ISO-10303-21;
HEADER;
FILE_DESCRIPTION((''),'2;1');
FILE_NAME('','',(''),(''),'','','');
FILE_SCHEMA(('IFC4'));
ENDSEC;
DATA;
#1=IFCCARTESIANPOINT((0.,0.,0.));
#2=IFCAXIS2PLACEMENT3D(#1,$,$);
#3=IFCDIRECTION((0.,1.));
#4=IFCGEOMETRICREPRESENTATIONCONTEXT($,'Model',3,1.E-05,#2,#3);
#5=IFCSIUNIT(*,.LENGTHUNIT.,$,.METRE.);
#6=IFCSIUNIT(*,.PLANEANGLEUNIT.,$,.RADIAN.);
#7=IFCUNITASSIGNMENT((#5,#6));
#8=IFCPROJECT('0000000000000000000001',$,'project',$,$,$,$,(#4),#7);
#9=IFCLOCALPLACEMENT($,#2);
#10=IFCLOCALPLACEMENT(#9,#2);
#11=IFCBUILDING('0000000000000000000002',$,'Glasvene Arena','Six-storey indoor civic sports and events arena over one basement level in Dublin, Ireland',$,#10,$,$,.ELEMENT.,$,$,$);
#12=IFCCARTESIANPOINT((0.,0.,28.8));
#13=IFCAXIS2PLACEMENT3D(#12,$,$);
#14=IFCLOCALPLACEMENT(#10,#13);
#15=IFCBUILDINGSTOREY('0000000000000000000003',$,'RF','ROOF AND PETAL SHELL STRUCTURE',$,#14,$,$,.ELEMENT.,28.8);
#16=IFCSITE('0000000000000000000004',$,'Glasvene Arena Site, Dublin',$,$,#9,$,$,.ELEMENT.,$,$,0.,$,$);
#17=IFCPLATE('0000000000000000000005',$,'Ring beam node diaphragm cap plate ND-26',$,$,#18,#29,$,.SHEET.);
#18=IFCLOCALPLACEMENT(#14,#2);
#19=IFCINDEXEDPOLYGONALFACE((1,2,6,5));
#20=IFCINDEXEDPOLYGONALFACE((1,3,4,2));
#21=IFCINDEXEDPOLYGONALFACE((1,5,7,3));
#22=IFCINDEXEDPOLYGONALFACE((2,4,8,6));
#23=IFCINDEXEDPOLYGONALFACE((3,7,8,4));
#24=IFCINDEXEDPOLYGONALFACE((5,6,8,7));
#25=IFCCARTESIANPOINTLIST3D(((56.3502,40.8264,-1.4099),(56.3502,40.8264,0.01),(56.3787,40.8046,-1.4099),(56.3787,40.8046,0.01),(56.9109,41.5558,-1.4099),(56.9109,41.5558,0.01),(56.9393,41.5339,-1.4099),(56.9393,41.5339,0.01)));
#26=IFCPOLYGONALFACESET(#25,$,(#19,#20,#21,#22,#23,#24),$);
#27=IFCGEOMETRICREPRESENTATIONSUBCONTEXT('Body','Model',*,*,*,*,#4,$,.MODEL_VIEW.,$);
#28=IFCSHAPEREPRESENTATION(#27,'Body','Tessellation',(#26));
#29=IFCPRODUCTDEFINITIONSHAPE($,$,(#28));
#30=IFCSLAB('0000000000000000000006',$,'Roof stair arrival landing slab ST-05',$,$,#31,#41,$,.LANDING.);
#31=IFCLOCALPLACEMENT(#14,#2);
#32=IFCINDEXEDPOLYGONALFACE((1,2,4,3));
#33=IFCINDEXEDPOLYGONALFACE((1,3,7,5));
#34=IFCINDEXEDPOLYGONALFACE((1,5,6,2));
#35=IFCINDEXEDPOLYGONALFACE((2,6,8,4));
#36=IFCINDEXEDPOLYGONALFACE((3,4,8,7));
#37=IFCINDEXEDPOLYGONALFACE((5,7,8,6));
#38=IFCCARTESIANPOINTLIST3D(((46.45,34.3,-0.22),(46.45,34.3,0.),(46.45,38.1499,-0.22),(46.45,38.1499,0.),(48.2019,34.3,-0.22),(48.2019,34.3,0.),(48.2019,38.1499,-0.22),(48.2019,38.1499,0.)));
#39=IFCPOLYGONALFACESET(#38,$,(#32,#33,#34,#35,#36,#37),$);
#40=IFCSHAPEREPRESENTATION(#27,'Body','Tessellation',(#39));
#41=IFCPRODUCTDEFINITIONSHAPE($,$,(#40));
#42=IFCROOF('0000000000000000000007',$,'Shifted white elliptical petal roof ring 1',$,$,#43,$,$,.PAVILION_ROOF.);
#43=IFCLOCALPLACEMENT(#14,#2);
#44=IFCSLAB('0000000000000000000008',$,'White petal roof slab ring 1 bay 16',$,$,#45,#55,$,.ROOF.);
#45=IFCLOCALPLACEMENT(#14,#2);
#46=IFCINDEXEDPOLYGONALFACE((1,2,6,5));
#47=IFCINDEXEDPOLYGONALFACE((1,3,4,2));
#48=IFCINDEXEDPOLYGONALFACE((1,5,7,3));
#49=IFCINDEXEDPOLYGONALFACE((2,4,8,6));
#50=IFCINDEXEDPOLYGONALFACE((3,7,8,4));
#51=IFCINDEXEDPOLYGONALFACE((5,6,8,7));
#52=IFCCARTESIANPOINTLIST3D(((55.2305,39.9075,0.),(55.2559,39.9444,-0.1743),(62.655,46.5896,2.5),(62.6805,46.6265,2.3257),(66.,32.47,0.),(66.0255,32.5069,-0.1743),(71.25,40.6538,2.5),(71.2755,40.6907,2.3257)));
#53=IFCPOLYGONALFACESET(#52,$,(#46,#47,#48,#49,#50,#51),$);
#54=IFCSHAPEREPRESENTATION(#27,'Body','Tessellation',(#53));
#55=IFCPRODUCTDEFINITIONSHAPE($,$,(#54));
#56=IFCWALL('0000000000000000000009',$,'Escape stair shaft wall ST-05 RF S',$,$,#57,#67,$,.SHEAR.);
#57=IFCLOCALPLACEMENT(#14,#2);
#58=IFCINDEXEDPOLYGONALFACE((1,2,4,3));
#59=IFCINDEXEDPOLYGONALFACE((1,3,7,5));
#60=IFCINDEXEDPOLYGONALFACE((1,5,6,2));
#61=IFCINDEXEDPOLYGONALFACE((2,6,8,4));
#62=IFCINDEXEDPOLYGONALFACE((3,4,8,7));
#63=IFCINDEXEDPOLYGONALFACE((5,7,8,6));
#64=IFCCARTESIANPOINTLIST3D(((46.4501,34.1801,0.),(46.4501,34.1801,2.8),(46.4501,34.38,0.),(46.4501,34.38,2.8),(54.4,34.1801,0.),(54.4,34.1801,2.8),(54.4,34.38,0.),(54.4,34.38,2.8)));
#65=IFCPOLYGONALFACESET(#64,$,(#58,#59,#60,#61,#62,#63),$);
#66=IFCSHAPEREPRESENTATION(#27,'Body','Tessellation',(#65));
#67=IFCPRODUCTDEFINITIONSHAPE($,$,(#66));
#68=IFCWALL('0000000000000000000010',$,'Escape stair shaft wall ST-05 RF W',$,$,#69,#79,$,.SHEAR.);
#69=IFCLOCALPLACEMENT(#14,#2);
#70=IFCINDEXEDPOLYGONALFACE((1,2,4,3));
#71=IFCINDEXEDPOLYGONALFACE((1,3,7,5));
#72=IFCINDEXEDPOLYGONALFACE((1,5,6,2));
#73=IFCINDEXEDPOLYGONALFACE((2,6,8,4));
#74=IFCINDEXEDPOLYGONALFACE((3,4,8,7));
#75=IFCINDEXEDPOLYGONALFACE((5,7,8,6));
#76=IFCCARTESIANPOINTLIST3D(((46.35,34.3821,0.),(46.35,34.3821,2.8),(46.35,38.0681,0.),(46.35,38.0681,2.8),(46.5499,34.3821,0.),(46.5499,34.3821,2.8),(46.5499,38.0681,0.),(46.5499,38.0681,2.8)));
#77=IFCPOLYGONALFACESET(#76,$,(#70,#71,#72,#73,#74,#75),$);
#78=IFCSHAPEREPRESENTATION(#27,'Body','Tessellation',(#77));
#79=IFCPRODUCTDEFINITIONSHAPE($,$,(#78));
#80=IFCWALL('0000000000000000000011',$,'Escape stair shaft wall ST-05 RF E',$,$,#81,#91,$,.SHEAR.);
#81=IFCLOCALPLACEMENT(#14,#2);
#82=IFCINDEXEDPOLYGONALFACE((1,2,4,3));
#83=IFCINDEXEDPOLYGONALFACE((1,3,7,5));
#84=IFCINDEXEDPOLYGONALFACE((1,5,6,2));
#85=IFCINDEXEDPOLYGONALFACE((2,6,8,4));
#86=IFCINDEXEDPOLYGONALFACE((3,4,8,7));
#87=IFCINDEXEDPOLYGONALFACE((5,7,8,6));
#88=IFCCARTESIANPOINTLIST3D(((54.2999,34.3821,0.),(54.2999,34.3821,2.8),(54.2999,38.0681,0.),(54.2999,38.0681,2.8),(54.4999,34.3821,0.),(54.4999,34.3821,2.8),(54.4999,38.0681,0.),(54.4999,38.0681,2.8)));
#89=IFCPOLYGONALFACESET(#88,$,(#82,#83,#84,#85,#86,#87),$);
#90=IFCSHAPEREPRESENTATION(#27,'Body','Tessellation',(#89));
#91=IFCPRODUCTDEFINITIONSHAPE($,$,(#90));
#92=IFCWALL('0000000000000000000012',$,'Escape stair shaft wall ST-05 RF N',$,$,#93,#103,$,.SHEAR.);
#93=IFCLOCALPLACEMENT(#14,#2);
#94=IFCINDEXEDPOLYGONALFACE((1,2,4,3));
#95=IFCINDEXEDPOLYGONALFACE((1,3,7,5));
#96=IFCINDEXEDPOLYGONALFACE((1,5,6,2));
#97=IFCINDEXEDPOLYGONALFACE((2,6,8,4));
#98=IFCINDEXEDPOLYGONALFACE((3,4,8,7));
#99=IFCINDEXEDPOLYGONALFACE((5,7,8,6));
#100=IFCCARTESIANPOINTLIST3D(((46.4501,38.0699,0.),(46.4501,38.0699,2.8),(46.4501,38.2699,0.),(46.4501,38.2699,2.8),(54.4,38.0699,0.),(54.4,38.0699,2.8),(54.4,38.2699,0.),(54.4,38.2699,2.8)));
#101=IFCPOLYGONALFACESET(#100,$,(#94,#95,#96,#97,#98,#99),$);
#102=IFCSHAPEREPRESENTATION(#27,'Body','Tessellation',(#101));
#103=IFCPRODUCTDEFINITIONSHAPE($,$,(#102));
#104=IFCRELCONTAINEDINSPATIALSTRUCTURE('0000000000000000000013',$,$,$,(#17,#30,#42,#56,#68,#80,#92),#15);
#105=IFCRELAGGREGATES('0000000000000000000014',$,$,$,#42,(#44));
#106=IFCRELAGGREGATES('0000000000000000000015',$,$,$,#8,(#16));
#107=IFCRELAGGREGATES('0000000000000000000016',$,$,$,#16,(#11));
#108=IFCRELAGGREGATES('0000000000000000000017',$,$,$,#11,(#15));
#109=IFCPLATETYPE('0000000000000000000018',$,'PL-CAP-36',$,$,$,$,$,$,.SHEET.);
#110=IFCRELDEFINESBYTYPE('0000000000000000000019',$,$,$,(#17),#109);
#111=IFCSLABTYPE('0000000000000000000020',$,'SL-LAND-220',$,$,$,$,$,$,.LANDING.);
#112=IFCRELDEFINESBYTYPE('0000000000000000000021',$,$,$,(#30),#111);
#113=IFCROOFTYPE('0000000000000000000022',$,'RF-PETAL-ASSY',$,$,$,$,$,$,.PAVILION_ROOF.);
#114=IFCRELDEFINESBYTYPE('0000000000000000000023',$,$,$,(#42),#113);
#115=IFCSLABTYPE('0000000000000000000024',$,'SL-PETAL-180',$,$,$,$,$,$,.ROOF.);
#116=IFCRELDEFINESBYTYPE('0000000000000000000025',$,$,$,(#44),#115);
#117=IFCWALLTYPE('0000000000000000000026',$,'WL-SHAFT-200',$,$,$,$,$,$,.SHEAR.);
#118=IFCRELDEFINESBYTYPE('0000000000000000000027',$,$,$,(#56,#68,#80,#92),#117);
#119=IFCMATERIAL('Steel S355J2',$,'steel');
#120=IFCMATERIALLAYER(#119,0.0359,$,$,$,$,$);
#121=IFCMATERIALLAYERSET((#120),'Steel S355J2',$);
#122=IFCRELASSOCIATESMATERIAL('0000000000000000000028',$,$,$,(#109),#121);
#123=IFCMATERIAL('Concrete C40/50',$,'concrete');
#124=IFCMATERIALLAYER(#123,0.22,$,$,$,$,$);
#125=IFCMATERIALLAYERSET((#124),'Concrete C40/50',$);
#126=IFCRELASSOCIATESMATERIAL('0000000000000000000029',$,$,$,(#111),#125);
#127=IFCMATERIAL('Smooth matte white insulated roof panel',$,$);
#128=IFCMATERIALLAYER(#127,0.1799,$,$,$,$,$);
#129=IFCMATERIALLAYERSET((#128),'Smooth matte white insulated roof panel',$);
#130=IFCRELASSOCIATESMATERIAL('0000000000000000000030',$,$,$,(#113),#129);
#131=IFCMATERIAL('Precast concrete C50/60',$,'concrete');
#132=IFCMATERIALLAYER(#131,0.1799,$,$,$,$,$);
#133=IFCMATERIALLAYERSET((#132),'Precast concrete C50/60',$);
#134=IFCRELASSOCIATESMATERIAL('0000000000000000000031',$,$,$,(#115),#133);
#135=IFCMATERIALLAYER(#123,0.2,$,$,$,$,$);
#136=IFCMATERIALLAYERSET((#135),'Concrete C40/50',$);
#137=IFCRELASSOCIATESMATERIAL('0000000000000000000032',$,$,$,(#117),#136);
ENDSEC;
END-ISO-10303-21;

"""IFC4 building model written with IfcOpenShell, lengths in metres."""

from ifc_helpers import new_model, si_unit, direction, frame, frame_2d, origin, origin_2d, place, context, subcontext, project, spatial, polyline, rectangle, outline, extrude, material, layer, layer_set, type_object, element, aggregate, save


model = new_model("IFC4")

# Units and contexts
model_context = context("Model", 3, precision=1e-05, world=origin(), true_north=direction((0.0, 1.0)))
body_context = subcontext(model_context, "Body", "Model", "MODEL_VIEW")
ifc_project = project(units=[si_unit("LENGTHUNIT", "METRE"), si_unit("PLANEANGLEUNIT", "RADIAN")], contexts=[model_context])

# Site, building, storey
site_placement = place(None, origin())
site = spatial("IfcSite", under=ifc_project, at=site_placement, Name="Glasvene Arena Site, Dublin", CompositionType="ELEMENT", RefElevation=0.0)
building_placement = place(site_placement, origin())
building = spatial("IfcBuilding", under=site, at=building_placement, Name="Glasvene Arena", Description="Six-storey indoor civic sports and events arena over one basement level in Dublin, Ireland", CompositionType="ELEMENT")
storey_placement = place(building_placement, frame((0.0, 0.0, 28.8)))
storey = spatial("IfcBuildingStorey", under=building, at=storey_placement, Name="RF", Description="ROOF AND PETAL SHELL STRUCTURE", CompositionType="ELEMENT", Elevation=28.8)

# Shared definitions
ifc_material_1 = material(Name="Steel S355J2", Category="steel")

# Plate
ifc_layer_1 = layer(ifc_material_1, 0.0359)
ifc_layer_set_1 = layer_set([ifc_layer_1], Name="Steel S355J2")
plate_type_1 = type_object("IfcPlateType", Name="PL-CAP-36", PredefinedType="SHEET", material=ifc_layer_set_1)
plate_1_placement = place(storey_placement, frame((56.6448, 41.1802, -1.4099), z_axis=(0.0, 0.0, 1.0), x_axis=(0.792822, -0.609454, 0.0)))
element("IfcPlate", 1, at=plate_1_placement, inside=storey, type_object=plate_type_1, Name="Ring beam node diaphragm cap plate ND-26", PredefinedType="SHEET", context=body_context, shape_type="SweptSolid", body=[
    extrude(rectangle(XDim=0.0359, YDim=0.9199, at=origin_2d()), origin(), (0.0, 0.0, 1.0), 1.4199),
])

# Slab
ifc_material_2 = material(Name="Concrete C40/50", Category="concrete")
ifc_layer_2 = layer(ifc_material_2, 0.22)
ifc_layer_set_2 = layer_set([ifc_layer_2], Name="Concrete C40/50")
slab_type_1 = type_object("IfcSlabType", Name="SL-LAND-220", PredefinedType="LANDING", material=ifc_layer_set_2)
slab_1_placement = place(storey_placement, frame((47.3259, 36.2251, -0.22)))
element("IfcSlab", 2, at=slab_1_placement, inside=storey, type_object=slab_type_1, Name="Roof stair arrival landing slab ST-05", PredefinedType="LANDING", context=body_context, shape_type="SweptSolid", body=[
    extrude(outline(polyline([(-0.876, -1.925), (0.876, -1.925), (0.876, 1.9248), (-0.876, 1.9248), (-0.876, -1.925)])), origin(), (0.0, 0.0, 1.0), 0.22),
])

# Roof, slab
ifc_material_3 = material(Name="Smooth matte white insulated roof panel")
ifc_layer_3 = layer(ifc_material_3, 0.1799)
ifc_layer_set_3 = layer_set([ifc_layer_3], Name="Smooth matte white insulated roof panel")
roof_type = type_object("IfcRoofType", Name="RF-PETAL-ASSY", PredefinedType="PAVILION_ROOF", material=ifc_layer_set_3)
roof_placement = place(storey_placement, frame((92.0, 73.0, 0.0)))
roof = element("IfcRoof", 3, at=roof_placement, inside=storey, type_object=roof_type, Name="Shifted white elliptical petal roof ring 1", PredefinedType="PAVILION_ROOF")
ifc_material_4 = material(Name="Precast concrete C50/60", Category="concrete")
ifc_layer_4 = layer(ifc_material_4, 0.1799)
ifc_layer_set_4 = layer_set([ifc_layer_4], Name="Precast concrete C50/60")
slab_type_2 = type_object("IfcSlabType", Name="SL-PETAL-180", PredefinedType="ROOF", material=ifc_layer_set_4)
slab_2_placement = place(storey_placement, frame((55.2305, 39.9075, 0.0), z_axis=(-0.141586, -0.205017, 0.968463), x_axis=(0.822847, -0.568263, 0.0)))
slab_2 = element("IfcSlab", 4, at=slab_2_placement, type_object=slab_type_2, Name="White petal roof slab ring 1 bay 16", PredefinedType="ROOF", context=body_context, shape_type="SweptSolid", body=[
    extrude(outline(polyline([(0.0, 0.0), (13.0881, 0.0), (12.7575, 10.0339), (2.3121, 10.0339), (0.0, 0.0)])), origin(), (0.0, 0.0, -1.0), 0.1799),
])
aggregate(roof, [slab_2])

# Walls
ifc_layer_5 = layer(ifc_material_2, 0.2)
ifc_layer_set_5 = layer_set([ifc_layer_5], Name="Concrete C40/50")
wall_type = type_object("IfcWallType", Name="WL-SHAFT-200", PredefinedType="SHEAR", material=ifc_layer_set_5)
wall_1_placement = place(storey_placement, frame((46.45, 34.28, 0.0), z_axis=(0.0, 0.0, 1.0), x_axis=(1.0, 0.0, 0.0)))
element("IfcWall", 5, at=wall_1_placement, inside=storey, type_object=wall_type, Name="Escape stair shaft wall ST-05 RF S", PredefinedType="SHEAR", context=body_context, shape_type="SweptSolid", body=[
    extrude(rectangle(XDim=7.95, YDim=0.2, at=frame_2d((3.9751, 0.0))), origin(), (0.0, 0.0, 1.0), 2.8),
])
for number, where, z_axis, x_axis, name in (
    (6, (46.45, 34.3821, 0.0), (0.0, 0.0, 1.0), (0.0, 1.0, 0.0), "Escape stair shaft wall ST-05 RF W"),
    (7, (54.3999, 34.3821, 0.0), (0.0, 0.0, 1.0), (0.0, 1.0, 0.0), "Escape stair shaft wall ST-05 RF E"),
):
    element("IfcWall", number, at=place(storey_placement, frame(where, z_axis=z_axis, x_axis=x_axis)), inside=storey, type_object=wall_type, Name=name, PredefinedType="SHEAR", context=body_context, shape_type="SweptSolid", body=[
        extrude(rectangle(XDim=3.686, YDim=0.2, at=frame_2d((1.843, 0.0))), origin(), (0.0, 0.0, 1.0), 2.8),
    ])
wall_2_placement = place(storey_placement, frame((46.45, 38.1699, 0.0), z_axis=(0.0, 0.0, 1.0), x_axis=(1.0, 0.0, 0.0)))
element("IfcWall", 8, at=wall_2_placement, inside=storey, type_object=wall_type, Name="Escape stair shaft wall ST-05 RF N", PredefinedType="SHEAR", context=body_context, shape_type="SweptSolid", body=[
    extrude(rectangle(XDim=7.95, YDim=0.2, at=frame_2d((3.9751, 0.0))), origin(), (0.0, 0.0, 1.0), 2.8),
])

save(model, "model.ifc")
